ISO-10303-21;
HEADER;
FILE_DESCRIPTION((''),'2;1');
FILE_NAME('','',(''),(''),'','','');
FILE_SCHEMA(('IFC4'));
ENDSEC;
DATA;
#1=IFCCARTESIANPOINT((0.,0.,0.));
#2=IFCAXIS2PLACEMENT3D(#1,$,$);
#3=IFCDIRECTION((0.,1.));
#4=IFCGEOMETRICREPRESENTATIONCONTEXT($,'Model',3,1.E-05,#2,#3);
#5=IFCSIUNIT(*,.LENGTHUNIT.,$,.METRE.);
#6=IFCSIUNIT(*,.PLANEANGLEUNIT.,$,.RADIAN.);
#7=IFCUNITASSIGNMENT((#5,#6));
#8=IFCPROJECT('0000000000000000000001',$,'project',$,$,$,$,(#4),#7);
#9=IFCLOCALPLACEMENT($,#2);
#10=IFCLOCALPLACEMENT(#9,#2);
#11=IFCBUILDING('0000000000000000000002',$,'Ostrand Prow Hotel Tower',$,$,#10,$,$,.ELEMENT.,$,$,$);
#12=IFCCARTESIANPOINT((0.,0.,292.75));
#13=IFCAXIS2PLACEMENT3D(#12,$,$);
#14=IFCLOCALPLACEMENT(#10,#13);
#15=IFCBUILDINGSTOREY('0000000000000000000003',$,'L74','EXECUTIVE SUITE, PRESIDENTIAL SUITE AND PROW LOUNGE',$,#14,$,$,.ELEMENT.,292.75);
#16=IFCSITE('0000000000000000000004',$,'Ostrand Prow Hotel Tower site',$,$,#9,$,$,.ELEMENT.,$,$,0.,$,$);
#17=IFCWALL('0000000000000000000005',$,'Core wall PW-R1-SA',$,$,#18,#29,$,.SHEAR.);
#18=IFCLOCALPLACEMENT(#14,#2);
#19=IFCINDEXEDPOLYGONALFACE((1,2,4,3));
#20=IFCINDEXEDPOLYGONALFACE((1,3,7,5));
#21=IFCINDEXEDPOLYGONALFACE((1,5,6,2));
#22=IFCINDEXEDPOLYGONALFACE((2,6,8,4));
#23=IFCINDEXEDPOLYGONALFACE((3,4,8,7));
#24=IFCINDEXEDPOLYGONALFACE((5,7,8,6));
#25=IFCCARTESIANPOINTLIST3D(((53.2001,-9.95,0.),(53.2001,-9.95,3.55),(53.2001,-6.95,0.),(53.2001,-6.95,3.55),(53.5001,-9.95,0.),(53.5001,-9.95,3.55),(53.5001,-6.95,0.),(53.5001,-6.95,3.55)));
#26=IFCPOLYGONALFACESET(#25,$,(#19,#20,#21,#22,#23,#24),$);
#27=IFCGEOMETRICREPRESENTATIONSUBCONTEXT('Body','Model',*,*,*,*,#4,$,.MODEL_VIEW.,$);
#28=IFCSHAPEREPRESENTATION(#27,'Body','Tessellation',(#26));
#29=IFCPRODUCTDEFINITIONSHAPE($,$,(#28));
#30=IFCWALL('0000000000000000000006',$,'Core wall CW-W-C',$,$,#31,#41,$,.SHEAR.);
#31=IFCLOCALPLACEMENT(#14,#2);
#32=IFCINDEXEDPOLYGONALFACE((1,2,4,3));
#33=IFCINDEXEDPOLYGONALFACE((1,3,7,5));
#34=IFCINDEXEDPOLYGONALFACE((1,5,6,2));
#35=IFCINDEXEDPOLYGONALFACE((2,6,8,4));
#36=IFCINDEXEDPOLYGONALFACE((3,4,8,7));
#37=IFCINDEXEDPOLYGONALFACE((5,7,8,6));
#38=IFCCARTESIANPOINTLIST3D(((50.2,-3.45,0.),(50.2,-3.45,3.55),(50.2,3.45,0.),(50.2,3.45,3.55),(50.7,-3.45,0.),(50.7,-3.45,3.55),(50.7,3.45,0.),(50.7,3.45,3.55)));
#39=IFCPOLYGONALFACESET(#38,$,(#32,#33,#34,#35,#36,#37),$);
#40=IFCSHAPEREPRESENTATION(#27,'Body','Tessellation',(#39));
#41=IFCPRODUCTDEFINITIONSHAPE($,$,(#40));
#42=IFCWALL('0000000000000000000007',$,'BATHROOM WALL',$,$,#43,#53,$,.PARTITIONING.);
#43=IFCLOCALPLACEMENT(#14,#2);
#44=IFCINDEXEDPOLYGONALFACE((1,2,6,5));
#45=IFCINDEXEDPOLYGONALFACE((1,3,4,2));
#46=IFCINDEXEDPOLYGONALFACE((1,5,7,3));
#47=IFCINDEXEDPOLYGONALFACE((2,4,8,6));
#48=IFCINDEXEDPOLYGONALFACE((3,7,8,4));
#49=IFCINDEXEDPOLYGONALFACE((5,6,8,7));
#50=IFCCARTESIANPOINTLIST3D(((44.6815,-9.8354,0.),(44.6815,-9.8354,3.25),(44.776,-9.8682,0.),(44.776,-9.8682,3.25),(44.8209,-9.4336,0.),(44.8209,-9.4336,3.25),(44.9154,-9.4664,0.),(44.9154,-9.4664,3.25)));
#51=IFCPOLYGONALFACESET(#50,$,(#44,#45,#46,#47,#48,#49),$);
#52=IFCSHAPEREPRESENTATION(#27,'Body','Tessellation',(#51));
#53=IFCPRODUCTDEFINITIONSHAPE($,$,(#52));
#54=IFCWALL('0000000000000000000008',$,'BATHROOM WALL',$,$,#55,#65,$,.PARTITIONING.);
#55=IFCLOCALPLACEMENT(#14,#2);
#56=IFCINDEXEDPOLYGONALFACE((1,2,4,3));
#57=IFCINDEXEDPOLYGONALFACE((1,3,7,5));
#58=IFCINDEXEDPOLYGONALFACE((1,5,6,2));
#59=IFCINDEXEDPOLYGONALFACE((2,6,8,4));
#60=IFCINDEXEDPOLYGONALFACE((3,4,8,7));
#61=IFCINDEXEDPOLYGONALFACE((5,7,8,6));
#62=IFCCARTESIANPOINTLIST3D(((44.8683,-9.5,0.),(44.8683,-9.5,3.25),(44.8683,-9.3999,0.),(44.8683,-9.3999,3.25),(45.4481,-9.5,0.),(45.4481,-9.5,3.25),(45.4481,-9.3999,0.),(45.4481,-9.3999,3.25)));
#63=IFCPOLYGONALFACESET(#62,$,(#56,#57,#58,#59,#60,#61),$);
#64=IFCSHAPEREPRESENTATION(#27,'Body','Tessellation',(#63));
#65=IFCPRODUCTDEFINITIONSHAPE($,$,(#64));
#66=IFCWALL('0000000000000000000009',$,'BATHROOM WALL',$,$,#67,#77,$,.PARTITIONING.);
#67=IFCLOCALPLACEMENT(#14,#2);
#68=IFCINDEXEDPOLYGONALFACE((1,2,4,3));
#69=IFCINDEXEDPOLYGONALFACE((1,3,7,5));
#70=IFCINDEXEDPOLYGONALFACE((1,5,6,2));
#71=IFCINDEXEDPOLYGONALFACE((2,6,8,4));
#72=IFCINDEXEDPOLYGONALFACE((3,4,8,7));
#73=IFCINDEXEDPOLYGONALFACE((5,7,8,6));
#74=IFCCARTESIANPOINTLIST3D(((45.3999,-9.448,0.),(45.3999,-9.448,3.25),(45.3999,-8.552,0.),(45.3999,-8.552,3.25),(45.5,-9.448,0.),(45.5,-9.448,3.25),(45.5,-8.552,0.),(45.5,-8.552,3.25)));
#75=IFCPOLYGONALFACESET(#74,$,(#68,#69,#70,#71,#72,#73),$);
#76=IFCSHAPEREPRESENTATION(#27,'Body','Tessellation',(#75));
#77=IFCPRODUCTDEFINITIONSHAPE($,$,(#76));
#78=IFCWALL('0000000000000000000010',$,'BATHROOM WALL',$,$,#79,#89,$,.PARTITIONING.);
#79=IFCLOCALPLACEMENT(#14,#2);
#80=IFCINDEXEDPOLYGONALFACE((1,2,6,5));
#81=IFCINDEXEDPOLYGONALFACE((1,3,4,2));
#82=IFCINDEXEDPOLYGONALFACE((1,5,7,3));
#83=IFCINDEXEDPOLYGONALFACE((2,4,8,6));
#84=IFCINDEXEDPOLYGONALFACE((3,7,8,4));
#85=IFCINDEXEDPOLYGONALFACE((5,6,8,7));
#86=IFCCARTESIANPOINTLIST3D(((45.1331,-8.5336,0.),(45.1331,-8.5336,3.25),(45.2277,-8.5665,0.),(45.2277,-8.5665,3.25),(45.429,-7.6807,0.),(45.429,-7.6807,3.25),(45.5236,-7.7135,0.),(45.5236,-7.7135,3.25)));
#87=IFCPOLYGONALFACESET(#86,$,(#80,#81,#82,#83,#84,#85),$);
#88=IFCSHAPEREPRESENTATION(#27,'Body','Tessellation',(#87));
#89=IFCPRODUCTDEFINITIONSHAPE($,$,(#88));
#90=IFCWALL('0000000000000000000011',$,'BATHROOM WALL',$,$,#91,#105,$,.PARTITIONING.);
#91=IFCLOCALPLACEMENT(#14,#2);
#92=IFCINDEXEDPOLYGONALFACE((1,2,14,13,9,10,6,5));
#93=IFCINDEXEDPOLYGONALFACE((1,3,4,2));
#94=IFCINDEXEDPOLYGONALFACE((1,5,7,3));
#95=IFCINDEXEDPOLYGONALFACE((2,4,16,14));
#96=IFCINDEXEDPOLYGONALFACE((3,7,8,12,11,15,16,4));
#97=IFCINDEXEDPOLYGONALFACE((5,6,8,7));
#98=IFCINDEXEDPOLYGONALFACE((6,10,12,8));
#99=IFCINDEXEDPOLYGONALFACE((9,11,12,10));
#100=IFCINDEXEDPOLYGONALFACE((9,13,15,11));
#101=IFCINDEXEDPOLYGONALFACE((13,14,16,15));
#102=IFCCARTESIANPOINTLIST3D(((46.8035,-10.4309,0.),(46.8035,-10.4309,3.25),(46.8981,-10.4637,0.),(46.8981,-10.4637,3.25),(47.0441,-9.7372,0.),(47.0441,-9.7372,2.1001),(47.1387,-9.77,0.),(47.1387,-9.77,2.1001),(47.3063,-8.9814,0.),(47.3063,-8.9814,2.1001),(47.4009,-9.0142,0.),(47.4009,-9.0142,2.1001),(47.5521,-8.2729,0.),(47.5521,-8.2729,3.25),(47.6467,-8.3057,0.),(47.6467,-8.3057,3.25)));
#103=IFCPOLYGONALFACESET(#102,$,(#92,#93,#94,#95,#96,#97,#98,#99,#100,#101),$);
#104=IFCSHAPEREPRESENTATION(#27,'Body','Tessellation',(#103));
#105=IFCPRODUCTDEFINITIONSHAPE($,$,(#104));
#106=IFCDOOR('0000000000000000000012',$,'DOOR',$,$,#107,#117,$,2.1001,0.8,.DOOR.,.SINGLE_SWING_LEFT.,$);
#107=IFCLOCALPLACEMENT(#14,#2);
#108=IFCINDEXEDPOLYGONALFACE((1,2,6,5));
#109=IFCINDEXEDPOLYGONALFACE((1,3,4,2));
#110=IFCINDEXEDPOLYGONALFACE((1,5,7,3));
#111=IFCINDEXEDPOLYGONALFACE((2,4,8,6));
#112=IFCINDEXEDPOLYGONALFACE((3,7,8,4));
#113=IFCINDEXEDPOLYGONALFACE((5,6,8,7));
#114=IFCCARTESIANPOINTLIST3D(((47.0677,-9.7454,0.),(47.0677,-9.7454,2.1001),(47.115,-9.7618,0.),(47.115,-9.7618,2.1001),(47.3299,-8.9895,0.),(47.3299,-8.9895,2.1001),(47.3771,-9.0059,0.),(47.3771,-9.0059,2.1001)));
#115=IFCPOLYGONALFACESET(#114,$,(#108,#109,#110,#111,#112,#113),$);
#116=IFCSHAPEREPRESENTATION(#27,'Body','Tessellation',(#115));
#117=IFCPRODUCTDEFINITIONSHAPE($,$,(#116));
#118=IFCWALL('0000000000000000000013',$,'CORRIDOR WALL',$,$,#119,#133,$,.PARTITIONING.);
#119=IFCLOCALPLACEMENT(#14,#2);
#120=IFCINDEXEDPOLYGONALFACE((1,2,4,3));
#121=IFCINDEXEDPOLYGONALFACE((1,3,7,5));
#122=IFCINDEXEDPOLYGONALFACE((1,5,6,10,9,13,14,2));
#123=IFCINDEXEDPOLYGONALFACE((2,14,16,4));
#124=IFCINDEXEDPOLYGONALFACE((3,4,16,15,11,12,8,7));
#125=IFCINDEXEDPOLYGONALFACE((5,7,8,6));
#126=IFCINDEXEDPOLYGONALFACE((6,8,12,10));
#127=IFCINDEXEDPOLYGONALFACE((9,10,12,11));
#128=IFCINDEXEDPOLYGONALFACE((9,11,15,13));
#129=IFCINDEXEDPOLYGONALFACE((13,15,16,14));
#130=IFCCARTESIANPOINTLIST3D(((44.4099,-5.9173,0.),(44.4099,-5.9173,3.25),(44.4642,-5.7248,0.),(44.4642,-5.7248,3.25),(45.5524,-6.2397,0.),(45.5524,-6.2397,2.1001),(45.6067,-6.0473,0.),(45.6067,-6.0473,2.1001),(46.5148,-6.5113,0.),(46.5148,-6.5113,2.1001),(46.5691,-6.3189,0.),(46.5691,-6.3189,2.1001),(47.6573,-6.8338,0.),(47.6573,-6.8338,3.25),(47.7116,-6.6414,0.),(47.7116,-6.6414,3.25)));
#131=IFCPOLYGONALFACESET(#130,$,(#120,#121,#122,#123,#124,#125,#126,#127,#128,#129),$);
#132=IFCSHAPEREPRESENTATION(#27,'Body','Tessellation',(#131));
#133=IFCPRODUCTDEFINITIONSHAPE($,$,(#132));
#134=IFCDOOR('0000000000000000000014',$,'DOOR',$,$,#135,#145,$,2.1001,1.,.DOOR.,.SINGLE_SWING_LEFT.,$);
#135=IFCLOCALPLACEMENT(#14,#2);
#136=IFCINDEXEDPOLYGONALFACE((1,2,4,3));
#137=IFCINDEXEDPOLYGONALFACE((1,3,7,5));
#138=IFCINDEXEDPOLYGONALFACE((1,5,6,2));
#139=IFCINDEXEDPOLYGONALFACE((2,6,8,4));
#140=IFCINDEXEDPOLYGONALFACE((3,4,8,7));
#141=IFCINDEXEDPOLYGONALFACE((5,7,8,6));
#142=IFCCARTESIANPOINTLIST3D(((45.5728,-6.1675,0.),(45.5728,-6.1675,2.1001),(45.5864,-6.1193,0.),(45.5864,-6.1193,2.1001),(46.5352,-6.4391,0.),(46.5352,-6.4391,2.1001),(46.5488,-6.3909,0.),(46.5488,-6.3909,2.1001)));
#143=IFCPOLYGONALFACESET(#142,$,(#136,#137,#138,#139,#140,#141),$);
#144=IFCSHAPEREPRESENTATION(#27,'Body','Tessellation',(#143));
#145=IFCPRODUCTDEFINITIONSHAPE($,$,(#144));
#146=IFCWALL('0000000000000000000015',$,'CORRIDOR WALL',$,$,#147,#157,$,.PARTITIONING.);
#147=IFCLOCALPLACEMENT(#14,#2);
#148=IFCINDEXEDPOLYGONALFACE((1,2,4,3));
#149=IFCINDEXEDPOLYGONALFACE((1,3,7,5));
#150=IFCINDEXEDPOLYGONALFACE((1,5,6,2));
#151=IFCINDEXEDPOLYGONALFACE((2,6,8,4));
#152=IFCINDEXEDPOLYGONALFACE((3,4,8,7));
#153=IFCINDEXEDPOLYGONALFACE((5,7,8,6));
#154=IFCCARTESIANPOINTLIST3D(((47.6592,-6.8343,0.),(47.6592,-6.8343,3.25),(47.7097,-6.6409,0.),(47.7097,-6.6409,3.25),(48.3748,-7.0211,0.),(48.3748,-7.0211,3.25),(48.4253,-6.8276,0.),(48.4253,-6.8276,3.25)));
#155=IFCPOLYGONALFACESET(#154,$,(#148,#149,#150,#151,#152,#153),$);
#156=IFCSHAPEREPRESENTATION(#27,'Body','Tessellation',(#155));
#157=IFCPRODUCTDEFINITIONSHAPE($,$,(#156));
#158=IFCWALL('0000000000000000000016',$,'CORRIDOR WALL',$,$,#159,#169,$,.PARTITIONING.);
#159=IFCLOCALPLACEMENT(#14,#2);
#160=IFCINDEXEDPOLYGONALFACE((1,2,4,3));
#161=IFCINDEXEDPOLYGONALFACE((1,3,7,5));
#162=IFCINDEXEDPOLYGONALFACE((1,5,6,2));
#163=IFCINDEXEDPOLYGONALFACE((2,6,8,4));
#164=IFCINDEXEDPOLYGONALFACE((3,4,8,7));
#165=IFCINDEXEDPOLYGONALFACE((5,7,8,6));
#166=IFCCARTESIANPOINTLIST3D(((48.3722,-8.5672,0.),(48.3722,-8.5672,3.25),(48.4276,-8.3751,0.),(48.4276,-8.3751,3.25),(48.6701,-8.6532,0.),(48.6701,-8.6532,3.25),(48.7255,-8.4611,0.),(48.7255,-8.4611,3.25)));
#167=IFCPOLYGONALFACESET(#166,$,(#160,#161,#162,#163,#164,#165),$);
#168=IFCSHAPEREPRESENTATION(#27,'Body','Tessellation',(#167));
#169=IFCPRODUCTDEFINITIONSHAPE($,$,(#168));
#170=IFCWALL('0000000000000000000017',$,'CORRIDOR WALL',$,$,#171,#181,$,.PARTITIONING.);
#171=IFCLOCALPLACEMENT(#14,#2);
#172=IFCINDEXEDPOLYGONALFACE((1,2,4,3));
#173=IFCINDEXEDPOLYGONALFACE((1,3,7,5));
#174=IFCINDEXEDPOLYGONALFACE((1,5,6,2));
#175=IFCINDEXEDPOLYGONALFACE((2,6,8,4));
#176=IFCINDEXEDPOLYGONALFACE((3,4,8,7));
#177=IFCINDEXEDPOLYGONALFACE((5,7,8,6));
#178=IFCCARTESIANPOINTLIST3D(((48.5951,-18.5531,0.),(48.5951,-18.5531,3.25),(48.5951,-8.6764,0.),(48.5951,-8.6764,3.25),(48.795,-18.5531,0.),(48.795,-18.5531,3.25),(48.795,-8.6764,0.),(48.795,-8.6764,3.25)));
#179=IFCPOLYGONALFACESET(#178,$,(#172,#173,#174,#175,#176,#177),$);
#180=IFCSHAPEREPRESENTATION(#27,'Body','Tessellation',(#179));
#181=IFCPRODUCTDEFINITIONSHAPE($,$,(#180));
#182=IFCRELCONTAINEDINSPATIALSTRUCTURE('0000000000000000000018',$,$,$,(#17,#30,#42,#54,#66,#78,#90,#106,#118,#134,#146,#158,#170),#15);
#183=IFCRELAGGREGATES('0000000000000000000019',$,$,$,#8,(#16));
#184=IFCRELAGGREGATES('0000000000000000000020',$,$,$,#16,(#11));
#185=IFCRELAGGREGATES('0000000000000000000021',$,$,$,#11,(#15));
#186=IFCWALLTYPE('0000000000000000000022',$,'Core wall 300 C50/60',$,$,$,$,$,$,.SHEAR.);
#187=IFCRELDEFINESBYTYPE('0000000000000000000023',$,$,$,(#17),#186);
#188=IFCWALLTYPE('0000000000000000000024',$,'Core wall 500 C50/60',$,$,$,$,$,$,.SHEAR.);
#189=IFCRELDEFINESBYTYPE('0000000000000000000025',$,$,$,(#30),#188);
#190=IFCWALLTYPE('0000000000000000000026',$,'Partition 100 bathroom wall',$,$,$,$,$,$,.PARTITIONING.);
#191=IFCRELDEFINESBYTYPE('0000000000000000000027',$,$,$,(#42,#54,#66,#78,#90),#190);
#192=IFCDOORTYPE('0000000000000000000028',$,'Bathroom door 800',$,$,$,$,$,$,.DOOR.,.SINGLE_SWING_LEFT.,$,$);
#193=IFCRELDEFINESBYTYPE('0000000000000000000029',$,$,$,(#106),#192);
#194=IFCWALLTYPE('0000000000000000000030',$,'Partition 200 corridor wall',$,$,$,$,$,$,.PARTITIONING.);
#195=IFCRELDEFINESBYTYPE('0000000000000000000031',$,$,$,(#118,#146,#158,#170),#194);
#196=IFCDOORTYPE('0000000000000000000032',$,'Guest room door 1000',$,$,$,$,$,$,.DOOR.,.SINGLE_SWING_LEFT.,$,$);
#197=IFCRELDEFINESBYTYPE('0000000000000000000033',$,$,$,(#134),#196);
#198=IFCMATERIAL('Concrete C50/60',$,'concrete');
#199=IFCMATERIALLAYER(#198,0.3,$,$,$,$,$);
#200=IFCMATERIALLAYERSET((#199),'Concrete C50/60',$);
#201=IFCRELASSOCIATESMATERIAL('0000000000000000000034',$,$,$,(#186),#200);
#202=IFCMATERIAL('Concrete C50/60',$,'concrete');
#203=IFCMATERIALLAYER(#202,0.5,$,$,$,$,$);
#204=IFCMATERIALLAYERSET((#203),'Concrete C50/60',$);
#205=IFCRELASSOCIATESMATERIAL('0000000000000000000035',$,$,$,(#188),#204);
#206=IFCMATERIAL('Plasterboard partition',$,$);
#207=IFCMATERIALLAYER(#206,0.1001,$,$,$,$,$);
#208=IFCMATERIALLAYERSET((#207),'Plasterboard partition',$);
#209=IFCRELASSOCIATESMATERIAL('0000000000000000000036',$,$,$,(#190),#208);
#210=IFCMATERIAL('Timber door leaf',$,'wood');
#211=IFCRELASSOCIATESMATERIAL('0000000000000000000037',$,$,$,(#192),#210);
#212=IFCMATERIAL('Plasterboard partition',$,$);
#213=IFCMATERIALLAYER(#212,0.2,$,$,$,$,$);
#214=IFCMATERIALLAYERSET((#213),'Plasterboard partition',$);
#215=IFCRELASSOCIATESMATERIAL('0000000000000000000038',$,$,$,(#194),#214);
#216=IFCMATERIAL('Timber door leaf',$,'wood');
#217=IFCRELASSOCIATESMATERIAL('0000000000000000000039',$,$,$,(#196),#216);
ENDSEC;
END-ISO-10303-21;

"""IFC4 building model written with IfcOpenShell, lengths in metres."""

from ifc_helpers import new_model, si_unit, direction, frame, frame_2d, origin, place, context, subcontext, project, spatial, rectangle, extrude, material, layer, layer_set, type_object, element, fill, save


model = new_model("IFC4")

# Units and contexts
model_context = context("Model", 3, precision=1e-05, world=origin(), true_north=direction((0.0, 1.0)))
body_context = subcontext(model_context, "Body", "Model", "MODEL_VIEW")
ifc_project = project(units=[si_unit("LENGTHUNIT", "METRE"), si_unit("PLANEANGLEUNIT", "RADIAN")], contexts=[model_context])

# Site, building, storey
site_placement = place(None, origin())
site = spatial("IfcSite", under=ifc_project, at=site_placement, Name="Ostrand Prow Hotel Tower site", CompositionType="ELEMENT", RefElevation=0.0)
building_placement = place(site_placement, origin())
building = spatial("IfcBuilding", under=site, at=building_placement, Name="Ostrand Prow Hotel Tower", CompositionType="ELEMENT")
storey_placement = place(building_placement, frame((0.0, 0.0, 292.75)))
storey = spatial("IfcBuildingStorey", under=building, at=storey_placement, Name="L74", Description="EXECUTIVE SUITE, PRESIDENTIAL SUITE AND PROW LOUNGE", CompositionType="ELEMENT", Elevation=292.75)

# Shared definitions
ifc_material_1 = material(Name="Concrete C50/60", Category="concrete")
ifc_layer_1 = layer(ifc_material_1, 0.3)
ifc_layer_set_1 = layer_set([ifc_layer_1], Name="Concrete C50/60")
wall_type_1 = type_object("IfcWallType", Name="Core wall 300 C50/60", PredefinedType="SHEAR", material=ifc_layer_set_1)

# Walls
for number, where, z_axis, x_axis, name in (
    (1, (53.3501, -9.95, 0.0), (0.0, 0.0, 1.0), (0.0, 1.0, 0.0), "Core wall PW-R1-SA"),
):
    element("IfcWall", number, at=place(storey_placement, frame(where, z_axis=z_axis, x_axis=x_axis)), inside=storey, type_object=wall_type_1, Name=name, PredefinedType="SHEAR", context=body_context, shape_type="SweptSolid", body=[
        extrude(rectangle(XDim=3.0, YDim=0.3, at=frame_2d((1.5, 0.0))), origin(), (0.0, 0.0, 1.0), 3.55),
    ])
ifc_material_2 = material(Name="Concrete C50/60", Category="concrete")
ifc_layer_2 = layer(ifc_material_2, 0.5)
ifc_layer_set_2 = layer_set([ifc_layer_2], Name="Concrete C50/60")
wall_type_2 = type_object("IfcWallType", Name="Core wall 500 C50/60", PredefinedType="SHEAR", material=ifc_layer_set_2)
wall_1_placement = place(storey_placement, frame((50.45, -3.45, 0.0), z_axis=(0.0, 0.0, 1.0), x_axis=(0.0, 1.0, 0.0)))
element("IfcWall", 2, at=wall_1_placement, inside=storey, type_object=wall_type_2, Name="Core wall CW-W-C", PredefinedType="SHEAR", context=body_context, shape_type="SweptSolid", body=[
    extrude(rectangle(XDim=6.8999, YDim=0.5, at=frame_2d((3.45, 0.0))), origin(), (0.0, 0.0, 1.0), 3.55),
])
ifc_material_3 = material(Name="Plasterboard partition")
ifc_layer_3 = layer(ifc_material_3, 0.1001)
ifc_layer_set_3 = layer_set([ifc_layer_3], Name="Plasterboard partition")
wall_type_3 = type_object("IfcWallType", Name="Partition 100 bathroom wall", PredefinedType="PARTITIONING", material=ifc_layer_set_3)
wall_2_placement = place(storey_placement, frame((44.7288, -9.8518, 0.0), z_axis=(0.0, 0.0, 1.0), x_axis=(0.327741, 0.944767, 0.0)))
element("IfcWall", 3, at=wall_2_placement, inside=storey, type_object=wall_type_3, Name="BATHROOM WALL", PredefinedType="PARTITIONING", context=body_context, shape_type="SweptSolid", body=[
    extrude(rectangle(XDim=0.4253, YDim=0.1001, at=frame_2d((0.2126, 0.0))), origin(), (0.0, 0.0, 1.0), 3.25),
])
wall_3_placement = place(storey_placement, frame((44.8682, -9.45, 0.0), z_axis=(0.0, 0.0, 1.0), x_axis=(1.0, 0.0, 0.0)))
element("IfcWall", 4, at=wall_3_placement, inside=storey, type_object=wall_type_3, Name="BATHROOM WALL", PredefinedType="PARTITIONING", context=body_context, shape_type="SweptSolid", body=[
    extrude(rectangle(XDim=0.5798, YDim=0.1001, at=frame_2d((0.29, 0.0))), origin(), (0.0, 0.0, 1.0), 3.25),
])
wall_4_placement = place(storey_placement, frame((45.45, -9.448, 0.0), z_axis=(0.0, 0.0, 1.0), x_axis=(0.0, 1.0, 0.0)))
element("IfcWall", 5, at=wall_4_placement, inside=storey, type_object=wall_type_3, Name="BATHROOM WALL", PredefinedType="PARTITIONING", context=body_context, shape_type="SweptSolid", body=[
    extrude(rectangle(XDim=0.896, YDim=0.1001, at=frame_2d((0.448, 0.0))), origin(), (0.0, 0.0, 1.0), 3.25),
])
wall_5_placement = place(storey_placement, frame((45.1804, -8.55, 0.0), z_axis=(0.0, 0.0, 1.0), x_axis=(0.327723, 0.944774, 0.0)))
element("IfcWall", 6, at=wall_5_placement, inside=storey, type_object=wall_type_3, Name="BATHROOM WALL", PredefinedType="PARTITIONING", context=body_context, shape_type="SweptSolid", body=[
    extrude(rectangle(XDim=0.9028, YDim=0.1001, at=frame_2d((0.4514, 0.0))), origin(), (0.0, 0.0, 1.0), 3.25),
])

# Walls, openings, doors
wall_6_placement = place(storey_placement, frame((47.5994, -8.2893, 0.0), z_axis=(0.0, 0.0, 1.0), x_axis=(-0.327716, -0.944776, 0.0)))
wall_6 = element("IfcWall", 7, at=wall_6_placement, inside=storey, type_object=wall_type_3, Name="BATHROOM WALL", PredefinedType="PARTITIONING", context=body_context, shape_type="SweptSolid", body=[
    extrude(rectangle(XDim=2.2842, YDim=0.1001, at=frame_2d((1.1421, 0.0))), origin(), (0.0, 0.0, 1.0), 3.25),
])
opening_1_placement = place(wall_6_placement, frame((0.75, 0.0, 0.0)))
opening_1 = element("IfcOpeningElement", 8, at=opening_1_placement, cuts=wall_6, PredefinedType="OPENING", context=body_context, shape_type="SweptSolid", body=[
    extrude(rectangle(XDim=0.8, YDim=2.1001, at=frame_2d((0.3999, 1.05))), frame((0.0, 0.0601, 0.0), z_axis=(0.0, -1.0, 0.0), x_axis=(1.0, 0.0, 0.0)), (0.0, 0.0, 1.0), 0.1201),
])
ifc_material_4 = material(Name="Timber door leaf", Category="wood")
door_type_1 = type_object("IfcDoorType", Name="Bathroom door 800", OperationType="SINGLE_SWING_LEFT", PredefinedType="DOOR", material=ifc_material_4)
door_1_placement = place(opening_1_placement, origin())
door_1 = element("IfcDoor", 9, at=door_1_placement, inside=storey, type_object=door_type_1, Name="DOOR", OperationType="SINGLE_SWING_LEFT", OverallHeight=2.1001, OverallWidth=0.8, PredefinedType="DOOR", context=body_context, shape_type="SweptSolid", body=[
    extrude(rectangle(XDim=0.8, YDim=2.1001, at=frame_2d((0.3999, 1.05))), frame((0.0, 0.0249, 0.0), z_axis=(0.0, -1.0, 0.0), x_axis=(1.0, 0.0, 0.0)), (0.0, 0.0, 1.0), 0.05),
])
fill(opening_1, door_1)
ifc_material_5 = material(Name="Plasterboard partition")
ifc_layer_4 = layer(ifc_material_5, 0.2)
ifc_layer_set_4 = layer_set([ifc_layer_4], Name="Plasterboard partition")
wall_type_4 = type_object("IfcWallType", Name="Partition 200 corridor wall", PredefinedType="PARTITIONING", material=ifc_layer_set_4)
wall_7_placement = place(storey_placement, frame((47.6843, -6.7375, 0.0), z_axis=(0.0, 0.0, 1.0), x_axis=(-0.962404, 0.271623, 0.0)))
wall_7 = element("IfcWall", 10, at=wall_7_placement, inside=storey, type_object=wall_type_4, Name="CORRIDOR WALL", PredefinedType="PARTITIONING", context=body_context, shape_type="SweptSolid", body=[
    extrude(rectangle(XDim=3.3743, YDim=0.2, at=frame_2d((1.687, 0.0))), origin(), (0.0, 0.0, 1.0), 3.25),
])
opening_2_placement = place(wall_7_placement, frame((1.187, 0.0, 0.0)))
opening_2 = element("IfcOpeningElement", 11, at=opening_2_placement, cuts=wall_7, PredefinedType="OPENING", context=body_context, shape_type="SweptSolid", body=[
    extrude(rectangle(XDim=1.0, YDim=2.1001, at=frame_2d((0.5, 1.05))), frame((0.0, 0.1099, 0.0), z_axis=(0.0, -1.0, 0.0), x_axis=(1.0, 0.0, 0.0)), (0.0, 0.0, 1.0), 0.22),
])
ifc_material_6 = material(Name="Timber door leaf", Category="wood")
door_type_2 = type_object("IfcDoorType", Name="Guest room door 1000", OperationType="SINGLE_SWING_LEFT", PredefinedType="DOOR", material=ifc_material_6)
door_2_placement = place(opening_2_placement, origin())
door_2 = element("IfcDoor", 12, at=door_2_placement, inside=storey, type_object=door_type_2, Name="DOOR", OperationType="SINGLE_SWING_LEFT", OverallHeight=2.1001, OverallWidth=1.0, PredefinedType="DOOR", context=body_context, shape_type="SweptSolid", body=[
    extrude(rectangle(XDim=1.0, YDim=2.1001, at=frame_2d((0.5, 1.05))), frame((0.0, 0.0249, 0.0), z_axis=(0.0, -1.0, 0.0), x_axis=(1.0, 0.0, 0.0)), (0.0, 0.0, 1.0), 0.05),
])
fill(opening_2, door_2)

# Walls
wall_8_placement = place(storey_placement, frame((48.3999, -6.9243, 0.0), z_axis=(0.0, 0.0, 1.0), x_axis=(-0.967586, 0.252543, 0.0)))
element("IfcWall", 13, at=wall_8_placement, inside=storey, type_object=wall_type_4, Name="CORRIDOR WALL", PredefinedType="PARTITIONING", context=body_context, shape_type="SweptSolid", body=[
    extrude(rectangle(XDim=0.7395, YDim=0.2, at=frame_2d((0.3696, 0.0))), origin(), (0.0, 0.0, 1.0), 3.25),
])
wall_9_placement = place(storey_placement, frame((48.3999, -8.4712, 0.0), z_axis=(0.0, 0.0, 1.0), x_axis=(0.960807, -0.277217, 0.0)))
element("IfcWall", 14, at=wall_9_placement, inside=storey, type_object=wall_type_4, Name="CORRIDOR WALL", PredefinedType="PARTITIONING", context=body_context, shape_type="SweptSolid", body=[
    extrude(rectangle(XDim=0.3101, YDim=0.2, at=frame_2d((0.155, 0.0))), origin(), (0.0, 0.0, 1.0), 3.25),
])
wall_10_placement = place(storey_placement, frame((48.6951, -8.6763, 0.0), z_axis=(0.0, 0.0, 1.0), x_axis=(0.0, -1.0, 0.0)))
element("IfcWall", 15, at=wall_10_placement, inside=storey, type_object=wall_type_4, Name="CORRIDOR WALL", PredefinedType="PARTITIONING", context=body_context, shape_type="SweptSolid", body=[
    extrude(rectangle(XDim=9.8767, YDim=0.2, at=frame_2d((4.9385, 0.0))), origin(), (0.0, 0.0, 1.0), 3.25),
])

save(model, "model.ifc")
